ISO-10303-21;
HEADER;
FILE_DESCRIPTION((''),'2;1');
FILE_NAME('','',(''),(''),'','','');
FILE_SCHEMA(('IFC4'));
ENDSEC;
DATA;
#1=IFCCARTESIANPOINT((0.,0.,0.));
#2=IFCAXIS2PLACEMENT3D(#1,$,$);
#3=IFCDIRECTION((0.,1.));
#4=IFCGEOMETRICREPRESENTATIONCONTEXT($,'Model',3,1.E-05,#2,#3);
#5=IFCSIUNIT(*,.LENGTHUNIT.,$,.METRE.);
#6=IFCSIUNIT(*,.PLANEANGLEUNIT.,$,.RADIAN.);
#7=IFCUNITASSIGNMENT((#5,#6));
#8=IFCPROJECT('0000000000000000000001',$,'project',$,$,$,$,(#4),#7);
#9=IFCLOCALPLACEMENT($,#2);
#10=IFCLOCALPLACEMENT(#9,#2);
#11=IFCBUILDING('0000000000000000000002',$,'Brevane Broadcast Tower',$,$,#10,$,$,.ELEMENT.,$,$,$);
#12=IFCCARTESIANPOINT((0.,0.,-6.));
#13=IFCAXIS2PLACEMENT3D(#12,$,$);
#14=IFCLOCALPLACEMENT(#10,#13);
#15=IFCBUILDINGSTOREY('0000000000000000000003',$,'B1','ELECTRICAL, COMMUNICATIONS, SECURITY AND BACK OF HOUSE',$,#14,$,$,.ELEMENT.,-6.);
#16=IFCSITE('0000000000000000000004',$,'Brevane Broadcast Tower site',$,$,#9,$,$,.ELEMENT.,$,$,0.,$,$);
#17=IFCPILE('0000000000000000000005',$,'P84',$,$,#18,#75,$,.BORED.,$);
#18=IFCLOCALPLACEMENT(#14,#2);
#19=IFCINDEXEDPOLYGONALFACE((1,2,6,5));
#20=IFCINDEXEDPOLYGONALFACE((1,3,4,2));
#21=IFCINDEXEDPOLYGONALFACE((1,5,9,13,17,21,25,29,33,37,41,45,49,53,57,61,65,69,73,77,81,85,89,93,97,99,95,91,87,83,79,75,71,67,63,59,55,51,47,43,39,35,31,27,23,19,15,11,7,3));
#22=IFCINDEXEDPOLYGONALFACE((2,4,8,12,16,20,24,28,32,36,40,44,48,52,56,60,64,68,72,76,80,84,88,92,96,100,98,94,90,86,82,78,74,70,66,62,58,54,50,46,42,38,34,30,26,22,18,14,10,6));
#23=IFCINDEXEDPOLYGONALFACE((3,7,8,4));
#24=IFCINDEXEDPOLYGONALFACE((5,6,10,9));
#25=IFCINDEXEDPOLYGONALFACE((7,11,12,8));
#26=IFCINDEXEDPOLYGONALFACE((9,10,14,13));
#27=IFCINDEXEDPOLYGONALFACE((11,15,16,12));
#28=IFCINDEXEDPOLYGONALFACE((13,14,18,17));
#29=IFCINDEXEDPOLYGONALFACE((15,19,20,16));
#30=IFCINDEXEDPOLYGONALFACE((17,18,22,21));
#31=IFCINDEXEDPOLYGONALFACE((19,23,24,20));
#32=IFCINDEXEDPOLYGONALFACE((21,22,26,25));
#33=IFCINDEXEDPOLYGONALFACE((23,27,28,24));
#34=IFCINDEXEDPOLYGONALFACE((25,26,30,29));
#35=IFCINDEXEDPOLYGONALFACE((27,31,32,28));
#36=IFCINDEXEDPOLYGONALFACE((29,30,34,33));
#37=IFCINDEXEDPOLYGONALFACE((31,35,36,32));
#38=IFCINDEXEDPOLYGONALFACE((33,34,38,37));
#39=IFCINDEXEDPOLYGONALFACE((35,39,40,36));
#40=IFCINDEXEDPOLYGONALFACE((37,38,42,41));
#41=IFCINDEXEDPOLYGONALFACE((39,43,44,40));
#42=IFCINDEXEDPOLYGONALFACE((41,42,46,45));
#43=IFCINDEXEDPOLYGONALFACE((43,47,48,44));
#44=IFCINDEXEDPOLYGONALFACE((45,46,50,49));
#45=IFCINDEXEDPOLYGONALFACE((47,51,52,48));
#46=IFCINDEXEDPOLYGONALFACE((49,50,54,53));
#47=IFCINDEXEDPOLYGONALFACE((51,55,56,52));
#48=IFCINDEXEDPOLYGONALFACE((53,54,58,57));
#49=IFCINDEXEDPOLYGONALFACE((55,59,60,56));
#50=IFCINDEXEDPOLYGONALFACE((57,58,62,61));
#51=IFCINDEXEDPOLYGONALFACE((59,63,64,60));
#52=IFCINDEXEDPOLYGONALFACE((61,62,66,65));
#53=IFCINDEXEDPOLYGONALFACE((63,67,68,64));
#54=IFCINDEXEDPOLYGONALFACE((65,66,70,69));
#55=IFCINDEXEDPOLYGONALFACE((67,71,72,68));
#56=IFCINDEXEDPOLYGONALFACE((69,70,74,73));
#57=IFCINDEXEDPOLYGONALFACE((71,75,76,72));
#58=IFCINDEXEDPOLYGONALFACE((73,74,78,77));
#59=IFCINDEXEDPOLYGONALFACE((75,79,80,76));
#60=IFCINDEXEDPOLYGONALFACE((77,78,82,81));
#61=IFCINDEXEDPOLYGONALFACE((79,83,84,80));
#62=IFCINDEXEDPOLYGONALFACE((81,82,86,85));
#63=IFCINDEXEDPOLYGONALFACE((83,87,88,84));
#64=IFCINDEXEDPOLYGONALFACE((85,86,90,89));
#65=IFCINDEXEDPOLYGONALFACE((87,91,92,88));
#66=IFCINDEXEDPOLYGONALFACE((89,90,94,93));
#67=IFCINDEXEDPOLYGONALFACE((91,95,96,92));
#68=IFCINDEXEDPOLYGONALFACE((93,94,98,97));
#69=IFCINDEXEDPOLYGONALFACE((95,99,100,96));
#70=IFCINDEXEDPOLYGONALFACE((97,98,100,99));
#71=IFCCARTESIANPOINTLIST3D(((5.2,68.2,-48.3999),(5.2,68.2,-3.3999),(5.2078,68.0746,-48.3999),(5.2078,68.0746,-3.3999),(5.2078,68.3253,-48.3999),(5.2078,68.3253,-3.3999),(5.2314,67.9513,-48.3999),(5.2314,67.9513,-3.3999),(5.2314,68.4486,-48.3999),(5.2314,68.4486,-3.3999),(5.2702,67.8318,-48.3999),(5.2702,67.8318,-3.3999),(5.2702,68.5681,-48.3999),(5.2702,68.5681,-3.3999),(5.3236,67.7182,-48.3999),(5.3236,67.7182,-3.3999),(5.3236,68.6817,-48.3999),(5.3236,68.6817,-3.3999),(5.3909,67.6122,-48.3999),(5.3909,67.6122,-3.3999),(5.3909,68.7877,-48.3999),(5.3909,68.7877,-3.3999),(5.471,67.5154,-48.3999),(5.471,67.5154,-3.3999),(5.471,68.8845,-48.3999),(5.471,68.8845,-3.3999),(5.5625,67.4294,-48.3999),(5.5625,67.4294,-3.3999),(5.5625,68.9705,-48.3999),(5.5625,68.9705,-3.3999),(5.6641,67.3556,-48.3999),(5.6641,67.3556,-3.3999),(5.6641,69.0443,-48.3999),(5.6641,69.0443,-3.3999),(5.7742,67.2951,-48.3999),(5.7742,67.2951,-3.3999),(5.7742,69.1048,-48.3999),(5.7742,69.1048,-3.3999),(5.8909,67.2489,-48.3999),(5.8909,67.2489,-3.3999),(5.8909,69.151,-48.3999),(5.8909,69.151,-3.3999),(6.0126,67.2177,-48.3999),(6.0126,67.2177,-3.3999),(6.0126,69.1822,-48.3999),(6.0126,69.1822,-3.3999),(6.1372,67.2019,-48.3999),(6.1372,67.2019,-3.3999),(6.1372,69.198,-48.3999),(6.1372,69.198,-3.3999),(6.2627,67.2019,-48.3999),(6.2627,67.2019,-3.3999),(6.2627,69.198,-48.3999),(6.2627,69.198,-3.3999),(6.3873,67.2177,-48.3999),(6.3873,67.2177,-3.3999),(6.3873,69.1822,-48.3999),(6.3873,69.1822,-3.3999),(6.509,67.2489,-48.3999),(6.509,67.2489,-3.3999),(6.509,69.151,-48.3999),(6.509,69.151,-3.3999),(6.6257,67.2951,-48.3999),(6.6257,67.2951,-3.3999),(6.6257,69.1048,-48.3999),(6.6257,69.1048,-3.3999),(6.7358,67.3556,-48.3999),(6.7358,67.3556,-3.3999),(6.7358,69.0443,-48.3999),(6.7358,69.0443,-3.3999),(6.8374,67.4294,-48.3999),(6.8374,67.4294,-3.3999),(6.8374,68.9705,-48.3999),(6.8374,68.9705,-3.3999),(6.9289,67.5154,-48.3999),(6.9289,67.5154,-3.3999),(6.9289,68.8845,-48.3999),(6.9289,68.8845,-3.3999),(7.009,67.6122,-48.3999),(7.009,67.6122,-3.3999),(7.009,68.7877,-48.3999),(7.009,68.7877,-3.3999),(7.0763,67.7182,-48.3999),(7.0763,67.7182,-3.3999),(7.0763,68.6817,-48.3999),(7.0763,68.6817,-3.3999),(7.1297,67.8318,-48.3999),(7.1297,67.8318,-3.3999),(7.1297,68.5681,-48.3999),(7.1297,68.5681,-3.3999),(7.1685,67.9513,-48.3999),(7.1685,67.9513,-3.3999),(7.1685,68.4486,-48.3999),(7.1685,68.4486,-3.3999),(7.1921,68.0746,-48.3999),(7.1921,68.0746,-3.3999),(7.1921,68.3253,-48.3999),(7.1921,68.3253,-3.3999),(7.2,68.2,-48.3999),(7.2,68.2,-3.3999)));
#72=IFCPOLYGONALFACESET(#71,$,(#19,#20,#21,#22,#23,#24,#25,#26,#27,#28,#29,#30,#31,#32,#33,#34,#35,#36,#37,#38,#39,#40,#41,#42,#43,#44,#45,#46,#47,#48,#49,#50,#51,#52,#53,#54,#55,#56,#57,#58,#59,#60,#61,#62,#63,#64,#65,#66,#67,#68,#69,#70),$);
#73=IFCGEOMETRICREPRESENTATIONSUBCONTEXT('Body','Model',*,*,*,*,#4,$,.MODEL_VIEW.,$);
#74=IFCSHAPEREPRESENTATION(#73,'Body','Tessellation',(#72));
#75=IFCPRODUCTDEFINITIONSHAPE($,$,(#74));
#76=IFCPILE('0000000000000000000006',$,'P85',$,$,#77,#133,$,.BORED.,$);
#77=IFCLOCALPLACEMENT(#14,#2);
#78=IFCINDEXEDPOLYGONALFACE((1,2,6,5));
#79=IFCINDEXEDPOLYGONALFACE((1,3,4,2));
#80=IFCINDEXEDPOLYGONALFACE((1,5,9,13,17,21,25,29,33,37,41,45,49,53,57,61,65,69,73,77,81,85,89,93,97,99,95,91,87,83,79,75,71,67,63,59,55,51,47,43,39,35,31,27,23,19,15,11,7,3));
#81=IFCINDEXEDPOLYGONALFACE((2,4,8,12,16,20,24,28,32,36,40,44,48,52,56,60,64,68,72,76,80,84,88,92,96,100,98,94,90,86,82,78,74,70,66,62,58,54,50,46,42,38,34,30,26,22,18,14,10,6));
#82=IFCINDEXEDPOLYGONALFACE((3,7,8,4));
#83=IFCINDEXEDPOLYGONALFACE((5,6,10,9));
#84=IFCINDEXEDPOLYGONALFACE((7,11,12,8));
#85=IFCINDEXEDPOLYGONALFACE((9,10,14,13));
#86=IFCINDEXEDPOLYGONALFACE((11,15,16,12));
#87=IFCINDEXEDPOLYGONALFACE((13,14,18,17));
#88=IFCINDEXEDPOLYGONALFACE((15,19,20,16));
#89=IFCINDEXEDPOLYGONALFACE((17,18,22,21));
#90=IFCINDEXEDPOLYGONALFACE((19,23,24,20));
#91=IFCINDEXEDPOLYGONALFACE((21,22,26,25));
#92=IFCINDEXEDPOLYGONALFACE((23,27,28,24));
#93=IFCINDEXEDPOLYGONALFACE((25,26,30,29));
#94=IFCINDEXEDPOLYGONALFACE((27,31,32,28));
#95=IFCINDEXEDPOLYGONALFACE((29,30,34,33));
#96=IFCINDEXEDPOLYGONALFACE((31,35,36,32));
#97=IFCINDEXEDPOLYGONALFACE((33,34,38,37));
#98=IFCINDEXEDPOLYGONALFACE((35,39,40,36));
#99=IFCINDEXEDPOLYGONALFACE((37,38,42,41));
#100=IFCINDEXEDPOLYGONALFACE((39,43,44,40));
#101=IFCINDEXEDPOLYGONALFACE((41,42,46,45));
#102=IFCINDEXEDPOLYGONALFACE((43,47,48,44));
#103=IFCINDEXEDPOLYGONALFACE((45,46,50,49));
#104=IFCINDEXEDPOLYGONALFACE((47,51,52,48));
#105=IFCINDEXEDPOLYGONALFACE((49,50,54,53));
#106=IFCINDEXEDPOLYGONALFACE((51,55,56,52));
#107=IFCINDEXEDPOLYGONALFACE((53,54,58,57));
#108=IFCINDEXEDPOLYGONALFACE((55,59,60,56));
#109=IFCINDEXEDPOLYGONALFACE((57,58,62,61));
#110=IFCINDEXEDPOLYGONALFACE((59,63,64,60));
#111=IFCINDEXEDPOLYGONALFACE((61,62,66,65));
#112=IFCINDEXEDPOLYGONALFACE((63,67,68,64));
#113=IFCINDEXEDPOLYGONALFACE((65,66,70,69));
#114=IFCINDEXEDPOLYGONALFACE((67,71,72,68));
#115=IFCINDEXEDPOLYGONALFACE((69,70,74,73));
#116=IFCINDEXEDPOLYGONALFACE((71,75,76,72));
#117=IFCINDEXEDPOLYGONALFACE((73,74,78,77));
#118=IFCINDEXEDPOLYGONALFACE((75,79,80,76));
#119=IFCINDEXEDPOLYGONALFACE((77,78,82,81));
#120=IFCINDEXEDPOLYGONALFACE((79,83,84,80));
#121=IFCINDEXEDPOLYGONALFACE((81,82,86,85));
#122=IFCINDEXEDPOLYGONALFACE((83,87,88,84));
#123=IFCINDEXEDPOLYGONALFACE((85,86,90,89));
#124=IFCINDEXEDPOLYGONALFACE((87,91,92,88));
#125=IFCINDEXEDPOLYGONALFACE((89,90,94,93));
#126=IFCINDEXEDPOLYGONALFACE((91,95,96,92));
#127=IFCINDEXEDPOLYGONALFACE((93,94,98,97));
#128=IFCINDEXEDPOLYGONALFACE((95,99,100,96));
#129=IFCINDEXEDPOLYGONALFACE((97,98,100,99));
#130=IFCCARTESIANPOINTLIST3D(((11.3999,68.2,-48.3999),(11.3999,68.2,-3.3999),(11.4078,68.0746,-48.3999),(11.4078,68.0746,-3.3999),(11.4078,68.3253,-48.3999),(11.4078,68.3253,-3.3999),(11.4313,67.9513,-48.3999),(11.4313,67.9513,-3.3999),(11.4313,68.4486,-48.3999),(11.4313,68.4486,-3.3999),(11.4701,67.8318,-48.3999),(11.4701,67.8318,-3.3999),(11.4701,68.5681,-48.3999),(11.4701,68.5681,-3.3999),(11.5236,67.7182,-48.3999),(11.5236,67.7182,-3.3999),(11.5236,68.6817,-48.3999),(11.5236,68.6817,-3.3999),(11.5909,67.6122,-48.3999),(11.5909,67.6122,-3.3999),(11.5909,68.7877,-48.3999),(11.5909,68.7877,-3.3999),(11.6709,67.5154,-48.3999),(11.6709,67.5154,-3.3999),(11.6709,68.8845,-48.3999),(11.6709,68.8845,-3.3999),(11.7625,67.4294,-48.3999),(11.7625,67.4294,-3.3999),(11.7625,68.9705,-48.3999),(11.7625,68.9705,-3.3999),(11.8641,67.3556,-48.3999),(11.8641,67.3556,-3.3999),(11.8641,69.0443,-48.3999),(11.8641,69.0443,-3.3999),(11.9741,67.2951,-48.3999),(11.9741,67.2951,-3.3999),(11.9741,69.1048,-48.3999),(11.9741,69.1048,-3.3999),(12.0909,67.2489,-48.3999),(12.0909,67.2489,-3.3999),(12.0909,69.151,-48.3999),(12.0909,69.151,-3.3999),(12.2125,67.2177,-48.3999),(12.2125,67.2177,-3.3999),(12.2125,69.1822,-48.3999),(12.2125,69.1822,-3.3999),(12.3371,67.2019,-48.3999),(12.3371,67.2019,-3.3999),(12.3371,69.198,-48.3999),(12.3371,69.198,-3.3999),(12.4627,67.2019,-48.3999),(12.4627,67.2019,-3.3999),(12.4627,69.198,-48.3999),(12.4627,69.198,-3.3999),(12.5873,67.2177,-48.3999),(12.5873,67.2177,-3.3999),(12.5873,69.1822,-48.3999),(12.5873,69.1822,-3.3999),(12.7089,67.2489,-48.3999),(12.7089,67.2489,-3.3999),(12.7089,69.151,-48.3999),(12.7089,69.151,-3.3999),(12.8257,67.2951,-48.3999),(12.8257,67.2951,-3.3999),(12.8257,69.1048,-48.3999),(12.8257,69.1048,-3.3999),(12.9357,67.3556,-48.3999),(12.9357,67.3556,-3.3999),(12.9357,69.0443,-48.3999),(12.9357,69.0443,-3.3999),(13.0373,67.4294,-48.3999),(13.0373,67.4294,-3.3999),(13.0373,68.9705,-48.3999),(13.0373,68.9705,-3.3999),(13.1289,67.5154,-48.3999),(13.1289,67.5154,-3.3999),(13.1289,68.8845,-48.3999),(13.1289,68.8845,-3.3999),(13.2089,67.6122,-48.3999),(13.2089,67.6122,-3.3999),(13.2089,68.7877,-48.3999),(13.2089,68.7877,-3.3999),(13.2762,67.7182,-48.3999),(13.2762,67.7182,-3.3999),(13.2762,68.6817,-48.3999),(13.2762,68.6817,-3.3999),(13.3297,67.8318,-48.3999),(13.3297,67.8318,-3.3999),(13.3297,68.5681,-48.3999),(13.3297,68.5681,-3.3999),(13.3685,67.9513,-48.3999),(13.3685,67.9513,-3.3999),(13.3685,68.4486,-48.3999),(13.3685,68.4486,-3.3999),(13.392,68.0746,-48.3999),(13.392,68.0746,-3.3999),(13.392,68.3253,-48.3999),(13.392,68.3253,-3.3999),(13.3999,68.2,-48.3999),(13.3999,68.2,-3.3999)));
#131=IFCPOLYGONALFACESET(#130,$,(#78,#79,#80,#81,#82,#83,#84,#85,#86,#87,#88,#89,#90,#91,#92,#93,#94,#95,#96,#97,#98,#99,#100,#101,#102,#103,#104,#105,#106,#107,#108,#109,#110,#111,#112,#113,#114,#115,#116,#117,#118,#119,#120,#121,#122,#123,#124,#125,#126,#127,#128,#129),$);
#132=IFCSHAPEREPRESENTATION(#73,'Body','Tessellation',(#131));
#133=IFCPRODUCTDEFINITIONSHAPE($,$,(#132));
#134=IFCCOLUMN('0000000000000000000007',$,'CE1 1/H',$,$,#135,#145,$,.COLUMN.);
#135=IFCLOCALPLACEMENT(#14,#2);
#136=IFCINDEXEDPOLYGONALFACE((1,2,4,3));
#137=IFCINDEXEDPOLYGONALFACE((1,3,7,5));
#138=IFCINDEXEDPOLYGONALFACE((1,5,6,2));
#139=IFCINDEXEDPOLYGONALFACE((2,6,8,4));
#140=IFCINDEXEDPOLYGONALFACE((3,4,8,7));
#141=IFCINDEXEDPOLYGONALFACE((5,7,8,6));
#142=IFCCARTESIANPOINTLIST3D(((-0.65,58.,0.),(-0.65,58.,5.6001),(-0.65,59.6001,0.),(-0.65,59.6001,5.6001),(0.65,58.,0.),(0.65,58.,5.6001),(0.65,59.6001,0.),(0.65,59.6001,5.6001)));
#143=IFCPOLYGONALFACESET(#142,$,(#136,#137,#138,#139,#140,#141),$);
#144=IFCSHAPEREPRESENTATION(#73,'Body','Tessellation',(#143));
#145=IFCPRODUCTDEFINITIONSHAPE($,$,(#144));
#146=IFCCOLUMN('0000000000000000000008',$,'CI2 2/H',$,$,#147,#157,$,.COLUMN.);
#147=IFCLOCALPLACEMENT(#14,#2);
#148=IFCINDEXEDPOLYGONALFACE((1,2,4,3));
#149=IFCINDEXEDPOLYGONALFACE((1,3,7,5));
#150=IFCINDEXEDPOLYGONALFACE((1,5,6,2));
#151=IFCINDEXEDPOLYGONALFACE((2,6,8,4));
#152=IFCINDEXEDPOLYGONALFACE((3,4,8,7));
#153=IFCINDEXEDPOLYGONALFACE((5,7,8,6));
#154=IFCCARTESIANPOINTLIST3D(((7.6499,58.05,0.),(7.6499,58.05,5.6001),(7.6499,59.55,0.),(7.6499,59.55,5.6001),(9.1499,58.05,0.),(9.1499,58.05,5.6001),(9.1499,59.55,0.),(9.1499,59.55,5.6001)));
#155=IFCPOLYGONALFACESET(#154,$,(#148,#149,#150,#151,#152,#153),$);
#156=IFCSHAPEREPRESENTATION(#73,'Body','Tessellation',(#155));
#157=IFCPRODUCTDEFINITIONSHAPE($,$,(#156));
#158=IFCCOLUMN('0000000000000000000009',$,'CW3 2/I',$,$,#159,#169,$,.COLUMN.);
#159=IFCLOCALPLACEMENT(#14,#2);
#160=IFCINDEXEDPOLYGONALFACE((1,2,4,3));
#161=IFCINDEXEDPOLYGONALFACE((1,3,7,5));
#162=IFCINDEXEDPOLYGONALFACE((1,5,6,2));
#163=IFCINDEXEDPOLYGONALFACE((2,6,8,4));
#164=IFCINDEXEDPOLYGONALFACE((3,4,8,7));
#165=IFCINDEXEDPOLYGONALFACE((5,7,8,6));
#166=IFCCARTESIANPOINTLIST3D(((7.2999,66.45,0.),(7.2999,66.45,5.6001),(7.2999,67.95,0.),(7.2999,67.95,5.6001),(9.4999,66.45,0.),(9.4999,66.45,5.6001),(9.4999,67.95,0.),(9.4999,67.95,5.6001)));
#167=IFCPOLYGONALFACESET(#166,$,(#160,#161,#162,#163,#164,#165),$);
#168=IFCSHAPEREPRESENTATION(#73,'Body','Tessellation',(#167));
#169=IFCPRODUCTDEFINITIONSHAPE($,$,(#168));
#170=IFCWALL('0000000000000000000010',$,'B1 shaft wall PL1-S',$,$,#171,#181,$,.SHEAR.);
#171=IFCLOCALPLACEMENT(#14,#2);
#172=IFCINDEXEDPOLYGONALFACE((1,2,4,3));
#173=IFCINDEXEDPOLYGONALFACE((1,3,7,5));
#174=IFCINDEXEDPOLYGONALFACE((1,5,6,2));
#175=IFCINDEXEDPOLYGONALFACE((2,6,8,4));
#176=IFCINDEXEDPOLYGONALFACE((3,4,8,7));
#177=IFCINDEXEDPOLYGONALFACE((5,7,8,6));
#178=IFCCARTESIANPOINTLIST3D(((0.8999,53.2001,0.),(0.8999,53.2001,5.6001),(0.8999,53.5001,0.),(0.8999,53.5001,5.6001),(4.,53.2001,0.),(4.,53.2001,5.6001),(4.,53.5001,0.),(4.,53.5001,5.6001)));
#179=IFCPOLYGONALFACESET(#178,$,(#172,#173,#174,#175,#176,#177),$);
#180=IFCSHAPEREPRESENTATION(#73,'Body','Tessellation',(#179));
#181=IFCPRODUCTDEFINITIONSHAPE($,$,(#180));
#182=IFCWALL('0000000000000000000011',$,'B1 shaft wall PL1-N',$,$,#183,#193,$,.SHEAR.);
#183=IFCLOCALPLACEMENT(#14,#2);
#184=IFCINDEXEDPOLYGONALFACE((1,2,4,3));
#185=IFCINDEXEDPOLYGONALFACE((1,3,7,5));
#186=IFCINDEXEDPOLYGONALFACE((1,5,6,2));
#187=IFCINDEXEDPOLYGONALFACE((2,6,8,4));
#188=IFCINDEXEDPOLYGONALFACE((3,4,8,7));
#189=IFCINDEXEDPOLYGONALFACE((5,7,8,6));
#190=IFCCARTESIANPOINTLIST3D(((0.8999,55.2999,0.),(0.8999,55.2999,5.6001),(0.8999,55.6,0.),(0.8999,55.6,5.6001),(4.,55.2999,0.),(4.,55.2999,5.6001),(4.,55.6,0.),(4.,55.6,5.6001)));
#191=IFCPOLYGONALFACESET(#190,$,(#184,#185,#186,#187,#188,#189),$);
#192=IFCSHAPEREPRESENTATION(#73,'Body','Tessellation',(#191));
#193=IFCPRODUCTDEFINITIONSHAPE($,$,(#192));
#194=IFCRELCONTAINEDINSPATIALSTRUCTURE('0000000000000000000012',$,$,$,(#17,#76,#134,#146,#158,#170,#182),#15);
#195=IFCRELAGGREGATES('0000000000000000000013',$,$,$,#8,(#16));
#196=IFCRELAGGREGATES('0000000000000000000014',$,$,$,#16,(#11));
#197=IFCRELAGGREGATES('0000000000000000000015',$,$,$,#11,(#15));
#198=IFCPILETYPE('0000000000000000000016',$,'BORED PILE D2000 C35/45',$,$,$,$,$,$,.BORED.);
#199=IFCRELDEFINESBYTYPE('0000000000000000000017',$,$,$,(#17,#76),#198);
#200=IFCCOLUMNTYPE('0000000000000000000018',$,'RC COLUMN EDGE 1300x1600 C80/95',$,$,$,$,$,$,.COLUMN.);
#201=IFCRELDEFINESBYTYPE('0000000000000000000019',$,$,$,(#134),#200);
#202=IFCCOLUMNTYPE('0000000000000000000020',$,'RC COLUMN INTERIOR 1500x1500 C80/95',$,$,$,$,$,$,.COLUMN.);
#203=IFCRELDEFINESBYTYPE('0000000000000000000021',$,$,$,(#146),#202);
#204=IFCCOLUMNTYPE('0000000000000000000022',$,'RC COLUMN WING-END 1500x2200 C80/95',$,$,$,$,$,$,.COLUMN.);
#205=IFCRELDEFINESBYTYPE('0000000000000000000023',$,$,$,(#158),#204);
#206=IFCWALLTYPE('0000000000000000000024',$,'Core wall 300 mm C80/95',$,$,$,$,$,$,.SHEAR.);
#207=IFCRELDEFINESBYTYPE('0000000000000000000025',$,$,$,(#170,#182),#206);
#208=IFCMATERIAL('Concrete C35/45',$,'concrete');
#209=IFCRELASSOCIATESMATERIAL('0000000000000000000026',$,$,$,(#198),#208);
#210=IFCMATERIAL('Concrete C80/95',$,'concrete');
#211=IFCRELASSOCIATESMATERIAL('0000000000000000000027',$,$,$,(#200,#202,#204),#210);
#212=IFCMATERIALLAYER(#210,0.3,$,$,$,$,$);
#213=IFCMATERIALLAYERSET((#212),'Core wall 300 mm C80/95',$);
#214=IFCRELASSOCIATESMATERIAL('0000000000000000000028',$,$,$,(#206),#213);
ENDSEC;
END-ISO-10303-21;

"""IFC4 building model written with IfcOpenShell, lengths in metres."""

from ifc_helpers import new_model, si_unit, direction, frame, frame_2d, origin, origin_2d, place, context, subcontext, project, spatial, rectangle, circle, extrude, material, layer, layer_set, material_profile, profile_set, type_object, element, save


model = new_model("IFC4")

# Units and contexts
model_context = context("Model", 3, precision=1e-05, world=origin(), true_north=direction((0.0, 1.0)))
body_context = subcontext(model_context, "Body", "Model", "MODEL_VIEW")
ifc_project = project(units=[si_unit("LENGTHUNIT", "METRE"), si_unit("PLANEANGLEUNIT", "RADIAN")], contexts=[model_context])

# Site, building, storey
site_placement = place(None, origin())
site = spatial("IfcSite", under=ifc_project, at=site_placement, Name="Brevane Broadcast Tower site", CompositionType="ELEMENT", RefElevation=0.0)
building_placement = place(site_placement, origin())
building = spatial("IfcBuilding", under=site, at=building_placement, Name="Brevane Broadcast Tower", CompositionType="ELEMENT")
storey_placement = place(building_placement, frame((0.0, 0.0, -6.0)))
storey = spatial("IfcBuildingStorey", under=building, at=storey_placement, Name="B1", Description="ELECTRICAL, COMMUNICATIONS, SECURITY AND BACK OF HOUSE", CompositionType="ELEMENT", Elevation=-6.0)

# Piles
ifc_material_1 = material(Name="Concrete C35/45", Category="concrete")
ifc_material_profile_1 = material_profile(ifc_material_1, circle(Radius=1.0, at=origin_2d()), Name="RC D2000")
ifc_profile_set_1 = profile_set([ifc_material_profile_1], Name="Concrete C35/45")
pile_type = type_object("IfcPileType", Name="BORED PILE D2000 C35/45", PredefinedType="BORED", material=ifc_profile_set_1)
for number, where, z_axis, x_axis, name in (
    (1, (6.2, 68.2, -3.3999), (0.0, 0.0, -1.0), (1.0, 0.0, 0.0), "P84"),
    (2, (12.3999, 68.2, -3.3999), (0.0, 0.0, -1.0), (1.0, 0.0, 0.0), "P85"),
):
    element("IfcPile", number, at=place(storey_placement, frame(where, z_axis=z_axis, x_axis=x_axis)), inside=storey, type_object=pile_type, Name=name, PredefinedType="BORED", context=body_context, shape_type="SweptSolid", body=[
        extrude(circle(Radius=1.0, at=origin_2d()), origin(), (0.0, 0.0, 1.0), 45.0),
    ])

# Columns
ifc_material_2 = material(Name="Concrete C80/95", Category="concrete")
ifc_material_profile_2 = material_profile(ifc_material_2, rectangle(XDim=1.3, YDim=1.6001, at=origin_2d()), Name="RC 1300x1600")
ifc_profile_set_2 = profile_set([ifc_material_profile_2], Name="Concrete C80/95")
column_type_1 = type_object("IfcColumnType", Name="RC COLUMN EDGE 1300x1600 C80/95", PredefinedType="COLUMN", material=ifc_profile_set_2)
column_1_placement = place(storey_placement, frame((0.0, 58.8, 0.0), z_axis=(0.0, 0.0, 1.0), x_axis=(1.0, 0.0, 0.0)))
element("IfcColumn", 3, at=column_1_placement, inside=storey, type_object=column_type_1, Name="CE1 1/H", PredefinedType="COLUMN", context=body_context, shape_type="SweptSolid", body=[
    extrude(rectangle(XDim=1.3, YDim=1.6001, at=origin_2d()), origin(), (0.0, 0.0, 1.0), 5.6001),
])
ifc_material_profile_3 = material_profile(ifc_material_2, rectangle(XDim=1.5, YDim=1.5, at=origin_2d()), Name="RC 1500x1500")
ifc_profile_set_3 = profile_set([ifc_material_profile_3], Name="Concrete C80/95")
column_type_2 = type_object("IfcColumnType", Name="RC COLUMN INTERIOR 1500x1500 C80/95", PredefinedType="COLUMN", material=ifc_profile_set_3)
column_2_placement = place(storey_placement, frame((8.3999, 58.8, 0.0), z_axis=(0.0, 0.0, 1.0), x_axis=(1.0, 0.0, 0.0)))
element("IfcColumn", 4, at=column_2_placement, inside=storey, type_object=column_type_2, Name="CI2 2/H", PredefinedType="COLUMN", context=body_context, shape_type="SweptSolid", body=[
    extrude(rectangle(XDim=1.5, YDim=1.5, at=origin_2d()), origin(), (0.0, 0.0, 1.0), 5.6001),
])
ifc_material_profile_4 = material_profile(ifc_material_2, rectangle(XDim=1.5, YDim=2.2, at=origin_2d()), Name="RC 1500x2200")
ifc_profile_set_4 = profile_set([ifc_material_profile_4], Name="Concrete C80/95")
column_type_3 = type_object("IfcColumnType", Name="RC COLUMN WING-END 1500x2200 C80/95", PredefinedType="COLUMN", material=ifc_profile_set_4)
column_3_placement = place(storey_placement, frame((8.3999, 67.2, 0.0), z_axis=(0.0, 0.0, 1.0), x_axis=(0.0, 1.0, 0.0)))
element("IfcColumn", 5, at=column_3_placement, inside=storey, type_object=column_type_3, Name="CW3 2/I", PredefinedType="COLUMN", context=body_context, shape_type="SweptSolid", body=[
    extrude(rectangle(XDim=1.5, YDim=2.2, at=origin_2d()), origin(), (0.0, 0.0, 1.0), 5.6001),
])

# Walls
ifc_layer = layer(ifc_material_2, 0.3)
ifc_layer_set = layer_set([ifc_layer], Name="Core wall 300 mm C80/95")
wall_type = type_object("IfcWallType", Name="Core wall 300 mm C80/95", PredefinedType="SHEAR", material=ifc_layer_set)
for number, where, z_axis, x_axis, name in (
    (6, (0.8999, 53.3501, 0.0), (0.0, 0.0, 1.0), (1.0, 0.0, 0.0), "B1 shaft wall PL1-S"),
    (7, (0.8999, 55.45, 0.0), (0.0, 0.0, 1.0), (1.0, 0.0, 0.0), "B1 shaft wall PL1-N"),
):
    element("IfcWall", number, at=place(storey_placement, frame(where, z_axis=z_axis, x_axis=x_axis)), inside=storey, type_object=wall_type, Name=name, PredefinedType="SHEAR", context=body_context, shape_type="SweptSolid", body=[
        extrude(rectangle(XDim=3.1001, YDim=0.3, at=frame_2d((1.55, 0.0))), origin(), (0.0, 0.0, 1.0), 5.6001),
    ])

save(model, "model.ifc")
